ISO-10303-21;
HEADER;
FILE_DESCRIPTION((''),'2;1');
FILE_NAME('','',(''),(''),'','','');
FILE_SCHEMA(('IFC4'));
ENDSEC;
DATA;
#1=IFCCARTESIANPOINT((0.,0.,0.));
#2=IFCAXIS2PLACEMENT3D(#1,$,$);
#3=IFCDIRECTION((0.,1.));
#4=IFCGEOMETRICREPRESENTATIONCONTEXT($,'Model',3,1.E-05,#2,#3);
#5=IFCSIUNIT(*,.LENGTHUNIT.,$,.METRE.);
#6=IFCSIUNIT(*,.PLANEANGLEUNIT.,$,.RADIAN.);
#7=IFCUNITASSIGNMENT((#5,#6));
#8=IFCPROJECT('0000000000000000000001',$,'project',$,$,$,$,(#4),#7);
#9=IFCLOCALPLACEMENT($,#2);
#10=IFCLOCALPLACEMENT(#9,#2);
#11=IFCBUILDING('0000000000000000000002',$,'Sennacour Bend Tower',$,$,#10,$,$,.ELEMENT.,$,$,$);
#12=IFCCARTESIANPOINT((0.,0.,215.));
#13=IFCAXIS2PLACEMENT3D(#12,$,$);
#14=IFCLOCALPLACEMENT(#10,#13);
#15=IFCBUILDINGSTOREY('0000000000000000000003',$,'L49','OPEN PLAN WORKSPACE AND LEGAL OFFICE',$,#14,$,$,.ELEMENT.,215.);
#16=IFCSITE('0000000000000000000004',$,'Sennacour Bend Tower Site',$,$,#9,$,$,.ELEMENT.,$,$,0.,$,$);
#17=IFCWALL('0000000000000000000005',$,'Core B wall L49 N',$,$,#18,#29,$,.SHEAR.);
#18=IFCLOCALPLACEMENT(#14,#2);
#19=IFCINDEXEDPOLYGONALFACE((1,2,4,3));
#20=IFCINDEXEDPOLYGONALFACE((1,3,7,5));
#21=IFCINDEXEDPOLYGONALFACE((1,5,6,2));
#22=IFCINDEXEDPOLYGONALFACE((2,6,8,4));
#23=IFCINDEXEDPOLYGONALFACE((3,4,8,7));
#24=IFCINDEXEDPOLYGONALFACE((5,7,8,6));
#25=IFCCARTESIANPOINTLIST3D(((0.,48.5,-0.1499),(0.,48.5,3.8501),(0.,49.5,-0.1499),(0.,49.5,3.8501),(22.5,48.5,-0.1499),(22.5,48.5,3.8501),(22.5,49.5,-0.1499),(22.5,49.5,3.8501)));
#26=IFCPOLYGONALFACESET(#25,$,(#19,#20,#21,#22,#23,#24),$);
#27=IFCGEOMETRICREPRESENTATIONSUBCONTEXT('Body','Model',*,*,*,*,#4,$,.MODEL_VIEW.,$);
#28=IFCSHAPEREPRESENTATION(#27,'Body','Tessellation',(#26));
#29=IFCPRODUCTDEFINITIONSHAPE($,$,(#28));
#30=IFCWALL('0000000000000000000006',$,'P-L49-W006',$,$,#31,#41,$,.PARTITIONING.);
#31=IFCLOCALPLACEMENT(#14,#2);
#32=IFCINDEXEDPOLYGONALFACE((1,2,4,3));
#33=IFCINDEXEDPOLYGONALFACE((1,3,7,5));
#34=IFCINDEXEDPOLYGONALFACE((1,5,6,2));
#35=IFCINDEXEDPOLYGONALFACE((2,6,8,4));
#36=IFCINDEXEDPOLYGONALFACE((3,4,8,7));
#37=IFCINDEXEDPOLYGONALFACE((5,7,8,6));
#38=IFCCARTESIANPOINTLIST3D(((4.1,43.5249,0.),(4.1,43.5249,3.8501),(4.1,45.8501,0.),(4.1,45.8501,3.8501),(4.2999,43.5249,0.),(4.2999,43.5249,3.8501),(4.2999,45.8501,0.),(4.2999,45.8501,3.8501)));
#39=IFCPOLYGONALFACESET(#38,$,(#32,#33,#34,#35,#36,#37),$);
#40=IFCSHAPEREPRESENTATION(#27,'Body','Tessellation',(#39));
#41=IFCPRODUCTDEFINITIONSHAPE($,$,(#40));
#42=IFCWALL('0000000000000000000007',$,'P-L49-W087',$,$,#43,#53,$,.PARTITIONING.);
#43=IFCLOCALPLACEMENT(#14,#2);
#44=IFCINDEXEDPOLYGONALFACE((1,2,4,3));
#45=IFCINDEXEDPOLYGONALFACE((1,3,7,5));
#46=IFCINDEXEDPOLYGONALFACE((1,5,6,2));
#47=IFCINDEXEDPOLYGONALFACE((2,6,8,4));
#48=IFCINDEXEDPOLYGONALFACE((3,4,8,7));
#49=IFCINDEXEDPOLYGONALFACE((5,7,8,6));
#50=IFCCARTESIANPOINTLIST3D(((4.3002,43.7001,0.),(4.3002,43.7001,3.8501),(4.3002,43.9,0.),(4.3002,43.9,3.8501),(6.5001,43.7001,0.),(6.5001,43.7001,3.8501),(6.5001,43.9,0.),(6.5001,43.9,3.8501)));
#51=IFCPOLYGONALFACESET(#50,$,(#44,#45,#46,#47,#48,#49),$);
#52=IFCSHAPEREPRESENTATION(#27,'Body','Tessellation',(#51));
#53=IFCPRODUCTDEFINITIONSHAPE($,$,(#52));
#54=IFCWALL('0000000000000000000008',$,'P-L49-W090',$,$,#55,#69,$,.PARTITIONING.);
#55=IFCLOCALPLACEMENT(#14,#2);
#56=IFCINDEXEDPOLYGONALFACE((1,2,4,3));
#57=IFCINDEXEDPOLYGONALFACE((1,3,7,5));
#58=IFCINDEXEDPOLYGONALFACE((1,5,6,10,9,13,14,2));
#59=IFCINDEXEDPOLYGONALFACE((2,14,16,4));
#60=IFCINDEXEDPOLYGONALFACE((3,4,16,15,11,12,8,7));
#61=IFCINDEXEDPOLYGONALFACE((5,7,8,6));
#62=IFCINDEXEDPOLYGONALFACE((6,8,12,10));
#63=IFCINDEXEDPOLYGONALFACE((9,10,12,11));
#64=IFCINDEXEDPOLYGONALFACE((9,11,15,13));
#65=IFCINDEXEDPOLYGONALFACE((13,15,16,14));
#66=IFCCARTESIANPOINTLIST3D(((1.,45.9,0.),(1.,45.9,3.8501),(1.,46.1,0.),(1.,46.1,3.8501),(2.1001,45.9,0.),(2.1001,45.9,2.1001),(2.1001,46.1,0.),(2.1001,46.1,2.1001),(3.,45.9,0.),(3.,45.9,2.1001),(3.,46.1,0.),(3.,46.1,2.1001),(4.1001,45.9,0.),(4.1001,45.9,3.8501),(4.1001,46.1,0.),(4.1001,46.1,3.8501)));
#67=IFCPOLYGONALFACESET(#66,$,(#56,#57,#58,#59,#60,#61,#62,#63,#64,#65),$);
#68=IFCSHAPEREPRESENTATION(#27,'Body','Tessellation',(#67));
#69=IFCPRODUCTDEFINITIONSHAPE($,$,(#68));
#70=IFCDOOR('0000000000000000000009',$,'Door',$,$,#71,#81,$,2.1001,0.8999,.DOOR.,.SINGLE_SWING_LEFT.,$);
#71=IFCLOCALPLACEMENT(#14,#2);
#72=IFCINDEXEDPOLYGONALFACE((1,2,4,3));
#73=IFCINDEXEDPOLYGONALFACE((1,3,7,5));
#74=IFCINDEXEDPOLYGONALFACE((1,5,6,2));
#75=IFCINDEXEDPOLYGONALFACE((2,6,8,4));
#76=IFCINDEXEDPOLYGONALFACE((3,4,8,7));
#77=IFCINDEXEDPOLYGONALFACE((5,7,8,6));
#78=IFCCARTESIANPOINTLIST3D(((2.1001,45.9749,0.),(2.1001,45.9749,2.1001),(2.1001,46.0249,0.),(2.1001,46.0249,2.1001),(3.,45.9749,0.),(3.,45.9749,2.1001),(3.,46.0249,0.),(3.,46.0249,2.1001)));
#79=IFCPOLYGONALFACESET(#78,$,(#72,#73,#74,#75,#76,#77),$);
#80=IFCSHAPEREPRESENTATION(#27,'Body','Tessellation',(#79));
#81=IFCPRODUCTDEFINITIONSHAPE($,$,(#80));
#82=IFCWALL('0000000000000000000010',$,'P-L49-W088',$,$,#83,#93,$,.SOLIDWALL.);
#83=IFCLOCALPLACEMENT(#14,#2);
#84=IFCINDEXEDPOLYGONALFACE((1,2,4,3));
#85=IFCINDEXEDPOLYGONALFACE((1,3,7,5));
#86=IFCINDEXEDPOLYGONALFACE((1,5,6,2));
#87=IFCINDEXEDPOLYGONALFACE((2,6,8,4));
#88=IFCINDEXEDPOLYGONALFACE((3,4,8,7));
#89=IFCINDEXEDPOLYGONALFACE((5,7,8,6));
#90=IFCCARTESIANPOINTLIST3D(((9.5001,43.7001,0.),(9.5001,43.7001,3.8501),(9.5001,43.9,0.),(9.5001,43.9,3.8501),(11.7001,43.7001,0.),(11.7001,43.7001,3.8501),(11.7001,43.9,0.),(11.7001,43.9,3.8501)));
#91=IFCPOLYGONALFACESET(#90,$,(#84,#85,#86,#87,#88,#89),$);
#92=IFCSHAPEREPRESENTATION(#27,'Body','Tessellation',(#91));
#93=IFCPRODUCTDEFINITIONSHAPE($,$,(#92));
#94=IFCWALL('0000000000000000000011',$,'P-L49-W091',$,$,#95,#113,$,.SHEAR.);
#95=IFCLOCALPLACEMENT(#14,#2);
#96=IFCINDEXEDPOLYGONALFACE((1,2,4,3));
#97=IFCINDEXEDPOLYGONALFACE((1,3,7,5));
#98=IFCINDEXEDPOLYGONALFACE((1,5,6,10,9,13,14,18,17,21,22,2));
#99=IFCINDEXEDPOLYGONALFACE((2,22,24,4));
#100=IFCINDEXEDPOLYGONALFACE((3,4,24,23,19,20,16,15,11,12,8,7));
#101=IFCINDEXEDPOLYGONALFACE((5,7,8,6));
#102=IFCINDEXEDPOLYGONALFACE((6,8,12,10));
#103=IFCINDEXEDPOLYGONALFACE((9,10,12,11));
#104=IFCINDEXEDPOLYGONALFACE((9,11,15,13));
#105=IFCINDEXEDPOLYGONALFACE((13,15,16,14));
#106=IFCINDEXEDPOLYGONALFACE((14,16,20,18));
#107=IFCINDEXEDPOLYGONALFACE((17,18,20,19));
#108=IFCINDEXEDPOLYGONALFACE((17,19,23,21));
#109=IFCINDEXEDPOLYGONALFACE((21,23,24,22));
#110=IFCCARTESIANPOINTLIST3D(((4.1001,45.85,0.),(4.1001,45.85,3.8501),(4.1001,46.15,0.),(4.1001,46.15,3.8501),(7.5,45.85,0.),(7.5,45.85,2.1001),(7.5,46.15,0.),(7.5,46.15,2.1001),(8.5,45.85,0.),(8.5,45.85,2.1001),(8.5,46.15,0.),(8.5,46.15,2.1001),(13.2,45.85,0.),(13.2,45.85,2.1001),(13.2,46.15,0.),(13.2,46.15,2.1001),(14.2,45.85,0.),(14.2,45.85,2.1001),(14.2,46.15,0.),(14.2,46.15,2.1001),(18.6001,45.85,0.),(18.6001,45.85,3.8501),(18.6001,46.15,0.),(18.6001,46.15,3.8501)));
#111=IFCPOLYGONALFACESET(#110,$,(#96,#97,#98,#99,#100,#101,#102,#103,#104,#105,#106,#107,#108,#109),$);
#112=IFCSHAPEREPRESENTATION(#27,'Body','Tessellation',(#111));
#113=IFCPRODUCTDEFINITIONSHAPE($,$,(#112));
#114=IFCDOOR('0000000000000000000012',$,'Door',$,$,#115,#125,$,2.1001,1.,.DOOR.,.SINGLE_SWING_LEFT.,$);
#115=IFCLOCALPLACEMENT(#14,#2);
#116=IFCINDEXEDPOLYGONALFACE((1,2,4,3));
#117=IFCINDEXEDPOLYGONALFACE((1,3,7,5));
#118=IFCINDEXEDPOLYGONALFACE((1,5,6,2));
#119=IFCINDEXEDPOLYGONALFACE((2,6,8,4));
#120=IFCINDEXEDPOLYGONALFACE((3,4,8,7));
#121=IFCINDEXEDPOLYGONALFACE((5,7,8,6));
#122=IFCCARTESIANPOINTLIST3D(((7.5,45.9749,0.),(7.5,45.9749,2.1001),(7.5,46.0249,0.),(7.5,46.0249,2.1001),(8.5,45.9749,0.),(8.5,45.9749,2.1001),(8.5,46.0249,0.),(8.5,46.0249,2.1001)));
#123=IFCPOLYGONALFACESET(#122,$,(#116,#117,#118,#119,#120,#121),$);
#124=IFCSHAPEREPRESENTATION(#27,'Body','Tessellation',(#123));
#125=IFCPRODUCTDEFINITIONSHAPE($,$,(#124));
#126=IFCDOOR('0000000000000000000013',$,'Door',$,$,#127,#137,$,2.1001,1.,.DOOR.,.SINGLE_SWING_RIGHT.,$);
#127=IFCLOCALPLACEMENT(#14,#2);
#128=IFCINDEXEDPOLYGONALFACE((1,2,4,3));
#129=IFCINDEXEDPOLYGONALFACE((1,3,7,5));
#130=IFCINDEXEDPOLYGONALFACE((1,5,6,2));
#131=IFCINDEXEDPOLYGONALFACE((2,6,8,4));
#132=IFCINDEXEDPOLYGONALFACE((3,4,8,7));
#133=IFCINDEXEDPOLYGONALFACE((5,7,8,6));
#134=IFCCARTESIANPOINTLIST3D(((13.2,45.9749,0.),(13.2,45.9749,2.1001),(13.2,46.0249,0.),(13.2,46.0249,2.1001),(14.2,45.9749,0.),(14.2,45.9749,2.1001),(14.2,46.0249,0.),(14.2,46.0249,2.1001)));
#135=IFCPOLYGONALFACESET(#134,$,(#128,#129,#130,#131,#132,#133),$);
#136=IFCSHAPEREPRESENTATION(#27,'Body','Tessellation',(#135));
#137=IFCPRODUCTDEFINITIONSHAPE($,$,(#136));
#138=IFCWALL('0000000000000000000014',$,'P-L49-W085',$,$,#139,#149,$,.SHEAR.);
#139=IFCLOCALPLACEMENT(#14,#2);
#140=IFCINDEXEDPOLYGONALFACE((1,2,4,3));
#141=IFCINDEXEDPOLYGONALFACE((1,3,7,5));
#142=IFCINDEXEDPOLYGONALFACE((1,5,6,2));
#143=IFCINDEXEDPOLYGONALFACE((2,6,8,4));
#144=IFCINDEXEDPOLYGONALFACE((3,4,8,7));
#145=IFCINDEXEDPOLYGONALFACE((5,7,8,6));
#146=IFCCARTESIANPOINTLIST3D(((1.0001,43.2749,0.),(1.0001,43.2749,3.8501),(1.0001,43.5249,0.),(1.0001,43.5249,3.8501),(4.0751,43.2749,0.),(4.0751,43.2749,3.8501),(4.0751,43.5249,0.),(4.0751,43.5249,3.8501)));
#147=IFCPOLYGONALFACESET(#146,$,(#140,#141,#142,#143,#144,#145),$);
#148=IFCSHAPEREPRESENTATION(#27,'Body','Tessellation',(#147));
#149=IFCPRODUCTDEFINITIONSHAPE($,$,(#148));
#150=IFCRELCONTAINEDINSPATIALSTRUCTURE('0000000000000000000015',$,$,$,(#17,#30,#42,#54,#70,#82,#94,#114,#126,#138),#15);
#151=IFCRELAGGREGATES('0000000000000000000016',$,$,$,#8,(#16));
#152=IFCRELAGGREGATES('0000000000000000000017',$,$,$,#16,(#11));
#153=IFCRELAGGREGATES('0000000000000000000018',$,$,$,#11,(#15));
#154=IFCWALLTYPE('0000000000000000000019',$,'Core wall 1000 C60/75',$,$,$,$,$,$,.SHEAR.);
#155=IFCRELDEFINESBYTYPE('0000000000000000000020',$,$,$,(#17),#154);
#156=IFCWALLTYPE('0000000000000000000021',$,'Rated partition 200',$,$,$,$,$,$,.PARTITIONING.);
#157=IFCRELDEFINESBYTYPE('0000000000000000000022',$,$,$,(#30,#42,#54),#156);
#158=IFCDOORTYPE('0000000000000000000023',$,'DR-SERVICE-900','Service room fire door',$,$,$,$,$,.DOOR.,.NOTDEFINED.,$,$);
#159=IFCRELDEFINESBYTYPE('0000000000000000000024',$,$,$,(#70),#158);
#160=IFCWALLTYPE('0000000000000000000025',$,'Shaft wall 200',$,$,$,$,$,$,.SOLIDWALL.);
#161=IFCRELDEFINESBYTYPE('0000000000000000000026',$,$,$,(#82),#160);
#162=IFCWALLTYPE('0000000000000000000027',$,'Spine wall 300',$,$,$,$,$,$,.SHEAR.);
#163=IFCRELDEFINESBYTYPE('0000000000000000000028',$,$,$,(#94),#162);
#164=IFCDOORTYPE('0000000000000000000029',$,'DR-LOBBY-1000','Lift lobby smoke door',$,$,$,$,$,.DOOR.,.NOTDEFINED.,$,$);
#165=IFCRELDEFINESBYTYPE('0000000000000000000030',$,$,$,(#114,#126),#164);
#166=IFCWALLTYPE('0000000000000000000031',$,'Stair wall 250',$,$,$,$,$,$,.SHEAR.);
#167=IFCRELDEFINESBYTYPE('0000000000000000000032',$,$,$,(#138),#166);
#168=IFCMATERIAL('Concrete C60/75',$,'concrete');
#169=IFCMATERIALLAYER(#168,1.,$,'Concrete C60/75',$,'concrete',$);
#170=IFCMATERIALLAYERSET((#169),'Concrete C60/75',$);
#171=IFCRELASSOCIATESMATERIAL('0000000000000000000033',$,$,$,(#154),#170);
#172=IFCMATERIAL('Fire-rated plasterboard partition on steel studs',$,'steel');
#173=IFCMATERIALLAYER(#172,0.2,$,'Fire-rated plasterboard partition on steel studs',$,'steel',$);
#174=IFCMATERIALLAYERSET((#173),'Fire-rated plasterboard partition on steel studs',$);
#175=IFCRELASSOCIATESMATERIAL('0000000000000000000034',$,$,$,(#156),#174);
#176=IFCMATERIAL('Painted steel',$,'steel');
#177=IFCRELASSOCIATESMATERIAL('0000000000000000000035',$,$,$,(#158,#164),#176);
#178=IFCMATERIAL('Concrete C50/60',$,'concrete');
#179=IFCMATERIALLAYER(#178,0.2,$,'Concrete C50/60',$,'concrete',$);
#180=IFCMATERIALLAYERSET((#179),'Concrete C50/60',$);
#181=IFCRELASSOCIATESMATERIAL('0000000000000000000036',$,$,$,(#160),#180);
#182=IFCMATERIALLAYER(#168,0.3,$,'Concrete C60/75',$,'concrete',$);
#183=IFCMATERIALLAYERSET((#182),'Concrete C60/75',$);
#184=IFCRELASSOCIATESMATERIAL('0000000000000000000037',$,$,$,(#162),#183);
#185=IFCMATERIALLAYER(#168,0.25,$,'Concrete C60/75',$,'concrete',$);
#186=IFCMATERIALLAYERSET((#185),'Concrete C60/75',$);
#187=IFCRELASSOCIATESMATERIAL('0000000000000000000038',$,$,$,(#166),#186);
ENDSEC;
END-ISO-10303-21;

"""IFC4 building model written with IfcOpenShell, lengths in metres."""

from ifc_helpers import new_model, si_unit, direction, frame, frame_2d, origin, place, context, subcontext, project, spatial, rectangle, extrude, material, layer, layer_set, type_object, element, fill, save


model = new_model("IFC4")

# Units and contexts
model_context = context("Model", 3, precision=1e-05, world=origin(), true_north=direction((0.0, 1.0)))
body_context = subcontext(model_context, "Body", "Model", "MODEL_VIEW")
ifc_project = project(units=[si_unit("LENGTHUNIT", "METRE"), si_unit("PLANEANGLEUNIT", "RADIAN")], contexts=[model_context])

# Site, building, storey
site_placement = place(None, origin())
site = spatial("IfcSite", under=ifc_project, at=site_placement, Name="Sennacour Bend Tower Site", CompositionType="ELEMENT", RefElevation=0.0)
building_placement = place(site_placement, origin())
building = spatial("IfcBuilding", under=site, at=building_placement, Name="Sennacour Bend Tower", CompositionType="ELEMENT")
storey_placement = place(building_placement, frame((0.0, 0.0, 215.0)))
storey = spatial("IfcBuildingStorey", under=building, at=storey_placement, Name="L49", Description="OPEN PLAN WORKSPACE AND LEGAL OFFICE", CompositionType="ELEMENT", Elevation=215.0)

# Walls
ifc_material_1 = material(Name="Concrete C60/75", Category="concrete")
ifc_layer_1 = layer(ifc_material_1, 1.0, Name="Concrete C60/75", Category="concrete")
ifc_layer_set_1 = layer_set([ifc_layer_1], Name="Concrete C60/75")
wall_type_1 = type_object("IfcWallType", Name="Core wall 1000 C60/75", PredefinedType="SHEAR", material=ifc_layer_set_1)
wall_1_placement = place(storey_placement, frame((0.0, 49.0, -0.1499), z_axis=(0.0, 0.0, 1.0), x_axis=(1.0, 0.0, 0.0)))
element("IfcWall", 1, at=wall_1_placement, inside=storey, type_object=wall_type_1, Name="Core B wall L49 N", PredefinedType="SHEAR", context=body_context, shape_type="SweptSolid", body=[
    extrude(rectangle(XDim=22.5, YDim=1.0, at=frame_2d((11.25, 0.0))), origin(), (0.0, 0.0, 1.0), 4.0),
])
ifc_material_2 = material(Name="Fire-rated plasterboard partition on steel studs", Category="steel")
ifc_layer_2 = layer(ifc_material_2, 0.2, Name="Fire-rated plasterboard partition on steel studs", Category="steel")
ifc_layer_set_2 = layer_set([ifc_layer_2], Name="Fire-rated plasterboard partition on steel studs")
wall_type_2 = type_object("IfcWallType", Name="Rated partition 200", PredefinedType="PARTITIONING", material=ifc_layer_set_2)
wall_2_placement = place(storey_placement, frame((4.2, 43.5249, 0.0), z_axis=(0.0, 0.0, 1.0), x_axis=(0.0, 1.0, 0.0)))
element("IfcWall", 2, at=wall_2_placement, inside=storey, type_object=wall_type_2, Name="P-L49-W006", PredefinedType="PARTITIONING", context=body_context, shape_type="SweptSolid", body=[
    extrude(rectangle(XDim=2.3252, YDim=0.2, at=frame_2d((1.1626, 0.0))), origin(), (0.0, 0.0, 1.0), 3.8501),
])
wall_3_placement = place(storey_placement, frame((4.3, 43.8, 0.0), z_axis=(0.0, 0.0, 1.0), x_axis=(1.0, 0.0, 0.0)))
element("IfcWall", 3, at=wall_3_placement, inside=storey, type_object=wall_type_2, Name="P-L49-W087", PredefinedType="PARTITIONING", context=body_context, shape_type="SweptSolid", body=[
    extrude(rectangle(XDim=2.2, YDim=0.2, at=frame_2d((1.1001, 0.0))), origin(), (0.0, 0.0, 1.0), 3.8501),
])

# Wall, opening, door
wall_4_placement = place(storey_placement, frame((1.0, 46.0, 0.0), z_axis=(0.0, 0.0, 1.0), x_axis=(1.0, 0.0, 0.0)))
wall_4 = element("IfcWall", 4, at=wall_4_placement, inside=storey, type_object=wall_type_2, Name="P-L49-W090", PredefinedType="PARTITIONING", context=body_context, shape_type="SweptSolid", body=[
    extrude(rectangle(XDim=3.1001, YDim=0.2, at=frame_2d((1.55, 0.0))), origin(), (0.0, 0.0, 1.0), 3.8501),
])
opening_1_placement = place(wall_4_placement, frame((1.1001, 0.0, 0.0)))
opening_1 = element("IfcOpeningElement", 5, at=opening_1_placement, cuts=wall_4, PredefinedType="OPENING", context=body_context, shape_type="SweptSolid", body=[
    extrude(rectangle(XDim=0.8999, YDim=2.1001, at=frame_2d((0.45, 1.05))), frame((0.0, 0.1099, 0.0), z_axis=(0.0, -1.0, 0.0), x_axis=(1.0, 0.0, 0.0)), (0.0, 0.0, 1.0), 0.22),
])
ifc_material_3 = material(Name="Painted steel", Category="steel")
door_type_1 = type_object("IfcDoorType", Name="DR-SERVICE-900", Description="Service room fire door", OperationType="NOTDEFINED", PredefinedType="DOOR", material=ifc_material_3)
door_1_placement = place(opening_1_placement, origin())
door_1 = element("IfcDoor", 6, at=door_1_placement, inside=storey, type_object=door_type_1, Name="Door", OperationType="SINGLE_SWING_LEFT", OverallHeight=2.1001, OverallWidth=0.8999, PredefinedType="DOOR", context=body_context, shape_type="SweptSolid", body=[
    extrude(rectangle(XDim=0.8999, YDim=2.1001, at=frame_2d((0.45, 1.05))), frame((0.0, 0.0249, 0.0), z_axis=(0.0, -1.0, 0.0), x_axis=(1.0, 0.0, 0.0)), (0.0, 0.0, 1.0), 0.05),
])
fill(opening_1, door_1)

# Wall
ifc_material_4 = material(Name="Concrete C50/60", Category="concrete")
ifc_layer_3 = layer(ifc_material_4, 0.2, Name="Concrete C50/60", Category="concrete")
ifc_layer_set_3 = layer_set([ifc_layer_3], Name="Concrete C50/60")
wall_type_3 = type_object("IfcWallType", Name="Shaft wall 200", PredefinedType="SOLIDWALL", material=ifc_layer_set_3)
wall_5_placement = place(storey_placement, frame((9.5, 43.8, 0.0), z_axis=(0.0, 0.0, 1.0), x_axis=(1.0, 0.0, 0.0)))
element("IfcWall", 7, at=wall_5_placement, inside=storey, type_object=wall_type_3, Name="P-L49-W088", PredefinedType="SOLIDWALL", context=body_context, shape_type="SweptSolid", body=[
    extrude(rectangle(XDim=2.2, YDim=0.2, at=frame_2d((1.1001, 0.0))), origin(), (0.0, 0.0, 1.0), 3.8501),
])

# Wall, openings, doors
ifc_layer_4 = layer(ifc_material_1, 0.3, Name="Concrete C60/75", Category="concrete")
ifc_layer_set_4 = layer_set([ifc_layer_4], Name="Concrete C60/75")
wall_type_4 = type_object("IfcWallType", Name="Spine wall 300", PredefinedType="SHEAR", material=ifc_layer_set_4)
wall_6_placement = place(storey_placement, frame((4.1001, 46.0, 0.0), z_axis=(0.0, 0.0, 1.0), x_axis=(1.0, 0.0, 0.0)))
wall_6 = element("IfcWall", 8, at=wall_6_placement, inside=storey, type_object=wall_type_4, Name="P-L49-W091", PredefinedType="SHEAR", context=body_context, shape_type="SweptSolid", body=[
    extrude(rectangle(XDim=14.5, YDim=0.3, at=frame_2d((7.25, 0.0))), origin(), (0.0, 0.0, 1.0), 3.8501),
])
opening_2_placement = place(wall_6_placement, frame((3.3999, 0.0, 0.0)))
opening_2 = element("IfcOpeningElement", 9, at=opening_2_placement, cuts=wall_6, PredefinedType="OPENING", context=body_context, shape_type="SweptSolid", body=[
    extrude(rectangle(XDim=1.0, YDim=2.1001, at=frame_2d((0.5, 1.05))), frame((0.0, 0.1602, 0.0), z_axis=(0.0, -1.0, 0.0), x_axis=(1.0, 0.0, 0.0)), (0.0, 0.0, 1.0), 0.3201),
])
opening_3_placement = place(wall_6_placement, frame((9.0999, 0.0, 0.0)))
opening_3 = element("IfcOpeningElement", 10, at=opening_3_placement, cuts=wall_6, PredefinedType="OPENING", context=body_context, shape_type="SweptSolid", body=[
    extrude(rectangle(XDim=1.0, YDim=2.1001, at=frame_2d((0.5, 1.05))), frame((0.0, 0.1602, 0.0), z_axis=(0.0, -1.0, 0.0), x_axis=(1.0, 0.0, 0.0)), (0.0, 0.0, 1.0), 0.3201),
])
door_type_2 = type_object("IfcDoorType", Name="DR-LOBBY-1000", Description="Lift lobby smoke door", OperationType="NOTDEFINED", PredefinedType="DOOR", material=ifc_material_3)
door_2_placement = place(opening_2_placement, origin())
door_2 = element("IfcDoor", 11, at=door_2_placement, inside=storey, type_object=door_type_2, Name="Door", OperationType="SINGLE_SWING_LEFT", OverallHeight=2.1001, OverallWidth=1.0, PredefinedType="DOOR", context=body_context, shape_type="SweptSolid", body=[
    extrude(rectangle(XDim=1.0, YDim=2.1001, at=frame_2d((0.5, 1.05))), frame((0.0, 0.0249, 0.0), z_axis=(0.0, -1.0, 0.0), x_axis=(1.0, 0.0, 0.0)), (0.0, 0.0, 1.0), 0.05),
])
fill(opening_2, door_2)
door_3_placement = place(opening_3_placement, origin())
door_3 = element("IfcDoor", 12, at=door_3_placement, inside=storey, type_object=door_type_2, Name="Door", OperationType="SINGLE_SWING_RIGHT", OverallHeight=2.1001, OverallWidth=1.0, PredefinedType="DOOR", context=body_context, shape_type="SweptSolid", body=[
    extrude(rectangle(XDim=1.0, YDim=2.1001, at=frame_2d((0.5, 1.05))), frame((0.0, 0.0249, 0.0), z_axis=(0.0, -1.0, 0.0), x_axis=(1.0, 0.0, 0.0)), (0.0, 0.0, 1.0), 0.05),
])
fill(opening_3, door_3)

# Wall
ifc_layer_5 = layer(ifc_material_1, 0.25, Name="Concrete C60/75", Category="concrete")
ifc_layer_set_5 = layer_set([ifc_layer_5], Name="Concrete C60/75")
wall_type_5 = type_object("IfcWallType", Name="Stair wall 250", PredefinedType="SHEAR", material=ifc_layer_set_5)
wall_7_placement = place(storey_placement, frame((1.0, 43.3999, 0.0), z_axis=(0.0, 0.0, 1.0), x_axis=(1.0, 0.0, 0.0)))
element("IfcWall", 13, at=wall_7_placement, inside=storey, type_object=wall_type_5, Name="P-L49-W085", PredefinedType="SHEAR", context=body_context, shape_type="SweptSolid", body=[
    extrude(rectangle(XDim=3.075, YDim=0.25, at=frame_2d((1.5376, 0.0))), origin(), (0.0, 0.0, 1.0), 3.8501),
])

save(model, "model.ifc")
